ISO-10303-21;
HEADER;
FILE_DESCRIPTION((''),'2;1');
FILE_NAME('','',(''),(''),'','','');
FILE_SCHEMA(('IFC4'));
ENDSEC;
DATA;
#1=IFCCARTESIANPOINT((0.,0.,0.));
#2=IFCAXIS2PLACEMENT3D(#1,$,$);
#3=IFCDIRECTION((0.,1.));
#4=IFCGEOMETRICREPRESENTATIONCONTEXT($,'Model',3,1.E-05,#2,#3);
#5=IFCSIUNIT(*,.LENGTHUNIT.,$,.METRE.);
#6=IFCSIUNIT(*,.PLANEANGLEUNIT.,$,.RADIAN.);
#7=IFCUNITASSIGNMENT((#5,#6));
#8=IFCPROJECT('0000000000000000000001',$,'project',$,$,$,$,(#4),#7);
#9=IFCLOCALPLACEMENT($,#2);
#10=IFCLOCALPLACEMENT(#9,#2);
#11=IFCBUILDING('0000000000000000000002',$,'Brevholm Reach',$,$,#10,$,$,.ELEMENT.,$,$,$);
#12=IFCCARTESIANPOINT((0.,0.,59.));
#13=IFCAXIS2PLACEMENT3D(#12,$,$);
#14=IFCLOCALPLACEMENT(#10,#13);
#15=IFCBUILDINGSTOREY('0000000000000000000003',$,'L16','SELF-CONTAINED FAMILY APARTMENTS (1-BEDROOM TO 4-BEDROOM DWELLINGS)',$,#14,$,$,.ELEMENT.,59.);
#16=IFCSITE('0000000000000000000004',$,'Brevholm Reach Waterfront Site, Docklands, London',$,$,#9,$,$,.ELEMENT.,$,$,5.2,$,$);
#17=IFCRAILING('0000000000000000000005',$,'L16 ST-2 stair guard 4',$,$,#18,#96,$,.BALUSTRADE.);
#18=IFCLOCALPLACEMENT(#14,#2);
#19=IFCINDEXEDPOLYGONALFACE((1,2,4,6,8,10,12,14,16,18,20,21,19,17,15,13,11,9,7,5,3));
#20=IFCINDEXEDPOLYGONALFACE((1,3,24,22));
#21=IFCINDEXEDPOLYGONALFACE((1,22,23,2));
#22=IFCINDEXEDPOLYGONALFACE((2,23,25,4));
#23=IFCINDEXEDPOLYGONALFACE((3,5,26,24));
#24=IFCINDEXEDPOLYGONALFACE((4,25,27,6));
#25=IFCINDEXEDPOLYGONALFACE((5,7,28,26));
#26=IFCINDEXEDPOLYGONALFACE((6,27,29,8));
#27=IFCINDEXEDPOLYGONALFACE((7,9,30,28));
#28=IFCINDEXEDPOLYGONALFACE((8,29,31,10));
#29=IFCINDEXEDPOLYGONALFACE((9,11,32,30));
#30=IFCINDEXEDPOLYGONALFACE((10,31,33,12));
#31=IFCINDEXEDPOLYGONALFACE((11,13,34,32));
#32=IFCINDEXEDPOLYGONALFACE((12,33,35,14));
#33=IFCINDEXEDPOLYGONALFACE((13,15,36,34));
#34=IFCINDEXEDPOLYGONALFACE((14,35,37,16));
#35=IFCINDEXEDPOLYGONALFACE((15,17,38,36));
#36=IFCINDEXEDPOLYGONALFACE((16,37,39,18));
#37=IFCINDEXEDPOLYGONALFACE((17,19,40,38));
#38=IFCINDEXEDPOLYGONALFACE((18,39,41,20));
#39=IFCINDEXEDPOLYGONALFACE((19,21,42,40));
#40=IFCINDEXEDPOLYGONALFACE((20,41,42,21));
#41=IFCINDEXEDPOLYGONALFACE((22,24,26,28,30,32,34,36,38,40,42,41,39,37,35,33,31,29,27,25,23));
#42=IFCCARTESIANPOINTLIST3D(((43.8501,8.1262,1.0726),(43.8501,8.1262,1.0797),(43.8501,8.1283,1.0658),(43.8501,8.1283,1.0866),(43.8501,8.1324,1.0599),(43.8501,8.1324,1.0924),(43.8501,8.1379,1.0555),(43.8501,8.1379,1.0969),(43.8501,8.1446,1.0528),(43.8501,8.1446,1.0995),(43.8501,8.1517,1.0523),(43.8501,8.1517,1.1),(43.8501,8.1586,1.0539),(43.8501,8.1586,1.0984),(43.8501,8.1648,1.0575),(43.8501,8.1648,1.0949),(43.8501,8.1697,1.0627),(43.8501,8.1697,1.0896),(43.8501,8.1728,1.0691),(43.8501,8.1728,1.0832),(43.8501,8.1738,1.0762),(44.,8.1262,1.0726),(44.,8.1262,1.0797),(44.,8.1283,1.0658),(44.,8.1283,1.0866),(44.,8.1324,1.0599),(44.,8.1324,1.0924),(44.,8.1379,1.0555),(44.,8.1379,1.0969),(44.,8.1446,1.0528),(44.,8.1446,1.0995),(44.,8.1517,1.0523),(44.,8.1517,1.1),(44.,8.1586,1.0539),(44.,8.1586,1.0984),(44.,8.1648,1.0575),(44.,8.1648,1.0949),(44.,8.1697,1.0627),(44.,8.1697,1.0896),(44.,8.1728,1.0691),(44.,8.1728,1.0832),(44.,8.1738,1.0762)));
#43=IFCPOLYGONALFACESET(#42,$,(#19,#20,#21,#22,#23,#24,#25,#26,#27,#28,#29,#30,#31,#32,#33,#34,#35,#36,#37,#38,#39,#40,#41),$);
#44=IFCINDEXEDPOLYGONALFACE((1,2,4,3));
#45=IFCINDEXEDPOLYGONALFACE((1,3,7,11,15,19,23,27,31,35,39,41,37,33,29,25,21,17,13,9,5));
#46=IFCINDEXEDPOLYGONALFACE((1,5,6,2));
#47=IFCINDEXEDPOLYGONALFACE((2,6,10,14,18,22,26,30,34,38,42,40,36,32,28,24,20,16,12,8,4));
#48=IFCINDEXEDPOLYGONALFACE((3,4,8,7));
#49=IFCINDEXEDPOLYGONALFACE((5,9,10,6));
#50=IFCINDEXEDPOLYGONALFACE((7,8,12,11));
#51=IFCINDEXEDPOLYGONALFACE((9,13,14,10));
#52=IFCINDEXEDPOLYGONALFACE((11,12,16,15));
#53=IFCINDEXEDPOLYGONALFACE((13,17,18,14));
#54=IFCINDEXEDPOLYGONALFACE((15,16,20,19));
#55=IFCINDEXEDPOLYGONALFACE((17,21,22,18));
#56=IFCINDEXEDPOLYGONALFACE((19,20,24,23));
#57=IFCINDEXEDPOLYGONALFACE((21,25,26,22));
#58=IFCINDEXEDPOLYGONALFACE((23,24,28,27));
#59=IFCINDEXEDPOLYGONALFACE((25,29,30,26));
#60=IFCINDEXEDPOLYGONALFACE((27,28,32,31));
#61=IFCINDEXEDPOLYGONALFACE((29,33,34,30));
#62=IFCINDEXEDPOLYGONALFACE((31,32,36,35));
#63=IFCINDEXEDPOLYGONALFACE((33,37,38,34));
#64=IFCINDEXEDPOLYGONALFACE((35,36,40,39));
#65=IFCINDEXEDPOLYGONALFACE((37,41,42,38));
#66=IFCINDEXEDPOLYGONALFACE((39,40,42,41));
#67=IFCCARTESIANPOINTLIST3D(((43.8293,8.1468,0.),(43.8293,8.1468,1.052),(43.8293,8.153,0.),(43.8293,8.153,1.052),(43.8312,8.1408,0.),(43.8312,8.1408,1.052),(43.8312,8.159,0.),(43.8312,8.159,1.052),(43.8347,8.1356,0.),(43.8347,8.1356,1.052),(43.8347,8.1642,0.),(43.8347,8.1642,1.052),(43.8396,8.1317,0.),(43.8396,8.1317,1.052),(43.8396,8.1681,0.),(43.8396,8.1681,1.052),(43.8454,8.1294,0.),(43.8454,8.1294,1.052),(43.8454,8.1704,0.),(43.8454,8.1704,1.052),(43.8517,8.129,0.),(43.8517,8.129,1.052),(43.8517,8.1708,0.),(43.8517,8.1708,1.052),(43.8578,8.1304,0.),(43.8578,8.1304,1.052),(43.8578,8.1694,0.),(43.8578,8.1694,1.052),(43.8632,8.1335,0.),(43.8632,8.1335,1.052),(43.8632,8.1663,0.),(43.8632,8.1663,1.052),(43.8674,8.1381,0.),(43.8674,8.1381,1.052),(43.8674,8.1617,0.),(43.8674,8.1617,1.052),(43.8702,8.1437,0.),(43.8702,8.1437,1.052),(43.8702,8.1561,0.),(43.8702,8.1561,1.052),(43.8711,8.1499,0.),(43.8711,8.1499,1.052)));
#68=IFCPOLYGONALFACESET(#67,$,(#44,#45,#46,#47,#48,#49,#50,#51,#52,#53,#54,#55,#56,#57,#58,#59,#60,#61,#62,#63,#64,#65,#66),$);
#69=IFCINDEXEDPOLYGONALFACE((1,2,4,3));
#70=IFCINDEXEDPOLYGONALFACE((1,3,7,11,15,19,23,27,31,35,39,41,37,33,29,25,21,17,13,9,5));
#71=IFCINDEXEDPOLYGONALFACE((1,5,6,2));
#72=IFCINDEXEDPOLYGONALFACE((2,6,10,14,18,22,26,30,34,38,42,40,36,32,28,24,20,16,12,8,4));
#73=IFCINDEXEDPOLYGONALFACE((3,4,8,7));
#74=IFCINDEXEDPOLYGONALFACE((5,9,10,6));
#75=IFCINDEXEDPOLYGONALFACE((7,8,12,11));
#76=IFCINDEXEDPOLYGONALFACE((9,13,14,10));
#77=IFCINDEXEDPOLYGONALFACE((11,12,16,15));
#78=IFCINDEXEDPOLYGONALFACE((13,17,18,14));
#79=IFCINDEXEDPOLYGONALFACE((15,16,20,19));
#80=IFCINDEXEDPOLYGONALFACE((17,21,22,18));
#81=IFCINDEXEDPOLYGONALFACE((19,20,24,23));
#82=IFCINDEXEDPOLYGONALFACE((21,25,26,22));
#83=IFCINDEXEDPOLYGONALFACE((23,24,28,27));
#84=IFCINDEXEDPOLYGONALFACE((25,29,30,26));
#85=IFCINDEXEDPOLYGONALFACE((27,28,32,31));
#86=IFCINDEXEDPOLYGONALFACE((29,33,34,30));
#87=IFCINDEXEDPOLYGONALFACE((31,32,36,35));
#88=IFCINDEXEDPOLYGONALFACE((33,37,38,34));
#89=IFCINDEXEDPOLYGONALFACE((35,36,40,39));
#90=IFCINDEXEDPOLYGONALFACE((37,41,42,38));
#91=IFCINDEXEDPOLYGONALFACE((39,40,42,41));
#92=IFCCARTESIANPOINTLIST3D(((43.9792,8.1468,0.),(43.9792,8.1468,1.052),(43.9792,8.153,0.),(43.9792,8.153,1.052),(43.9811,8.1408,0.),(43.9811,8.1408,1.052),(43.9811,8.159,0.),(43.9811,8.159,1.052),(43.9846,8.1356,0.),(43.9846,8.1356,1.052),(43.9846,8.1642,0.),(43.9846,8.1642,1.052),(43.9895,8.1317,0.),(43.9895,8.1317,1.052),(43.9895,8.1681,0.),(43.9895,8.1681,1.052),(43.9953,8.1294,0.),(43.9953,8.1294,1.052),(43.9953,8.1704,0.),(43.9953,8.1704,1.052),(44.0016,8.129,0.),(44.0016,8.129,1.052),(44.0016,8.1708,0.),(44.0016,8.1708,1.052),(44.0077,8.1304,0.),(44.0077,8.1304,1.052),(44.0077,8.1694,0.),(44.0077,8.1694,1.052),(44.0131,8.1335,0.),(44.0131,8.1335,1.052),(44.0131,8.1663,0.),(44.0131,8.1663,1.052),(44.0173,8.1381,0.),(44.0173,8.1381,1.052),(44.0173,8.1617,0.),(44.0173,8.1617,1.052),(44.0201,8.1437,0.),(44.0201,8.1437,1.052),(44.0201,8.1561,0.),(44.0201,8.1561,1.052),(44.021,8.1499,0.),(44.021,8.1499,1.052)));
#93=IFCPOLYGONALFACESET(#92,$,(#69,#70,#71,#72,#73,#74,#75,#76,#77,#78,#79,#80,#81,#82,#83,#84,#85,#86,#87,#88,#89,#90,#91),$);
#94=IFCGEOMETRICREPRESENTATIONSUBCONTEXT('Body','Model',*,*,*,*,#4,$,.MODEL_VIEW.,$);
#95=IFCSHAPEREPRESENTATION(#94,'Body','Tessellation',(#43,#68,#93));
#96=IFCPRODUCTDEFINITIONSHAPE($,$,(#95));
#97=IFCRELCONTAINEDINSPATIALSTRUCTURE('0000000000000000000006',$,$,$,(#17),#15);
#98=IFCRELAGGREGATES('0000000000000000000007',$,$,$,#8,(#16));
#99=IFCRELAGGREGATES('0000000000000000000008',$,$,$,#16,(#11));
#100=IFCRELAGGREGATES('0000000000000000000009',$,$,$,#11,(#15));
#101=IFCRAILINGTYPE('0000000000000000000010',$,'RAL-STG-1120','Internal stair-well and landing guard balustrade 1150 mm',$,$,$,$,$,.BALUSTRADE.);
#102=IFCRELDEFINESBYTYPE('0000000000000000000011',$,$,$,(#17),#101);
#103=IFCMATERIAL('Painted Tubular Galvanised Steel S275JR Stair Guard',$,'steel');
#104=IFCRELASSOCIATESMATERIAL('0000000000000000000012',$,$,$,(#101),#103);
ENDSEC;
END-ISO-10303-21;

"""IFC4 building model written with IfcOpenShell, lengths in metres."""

from ifc_helpers import new_model, si_unit, direction, frame, origin, origin_2d, place, context, subcontext, project, spatial, circle, extrude, material, type_object, element, save


model = new_model("IFC4")

# Units and contexts
model_context = context("Model", 3, precision=1e-05, world=origin(), true_north=direction((0.0, 1.0)))
body_context = subcontext(model_context, "Body", "Model", "MODEL_VIEW")
ifc_project = project(units=[si_unit("LENGTHUNIT", "METRE"), si_unit("PLANEANGLEUNIT", "RADIAN")], contexts=[model_context])

# Site, building, storey
site_placement = place(None, origin())
site = spatial("IfcSite", under=ifc_project, at=site_placement, Name="Brevholm Reach Waterfront Site, Docklands, London", CompositionType="ELEMENT", RefElevation=5.2)
building_placement = place(site_placement, origin())
building = spatial("IfcBuilding", under=site, at=building_placement, Name="Brevholm Reach", CompositionType="ELEMENT")
storey_placement = place(building_placement, frame((0.0, 0.0, 59.0)))
storey = spatial("IfcBuildingStorey", under=building, at=storey_placement, Name="L16", Description="SELF-CONTAINED FAMILY APARTMENTS (1-BEDROOM TO 4-BEDROOM DWELLINGS)", CompositionType="ELEMENT", Elevation=59.0)

# Railing
ifc_material_1 = material(Name="Painted Tubular Galvanised Steel S275JR Stair Guard", Category="steel")
railing_type = type_object("IfcRailingType", Name="RAL-STG-1120", Description="Internal stair-well and landing guard balustrade 1150 mm", PredefinedType="BALUSTRADE", material=ifc_material_1)
railing_1_placement = place(storey_placement, frame((43.8501, 8.1499, 0.0)))
element("IfcRailing", 1, at=railing_1_placement, inside=storey, type_object=railing_type, Name="L16 ST-2 stair guard 4", PredefinedType="BALUSTRADE", context=body_context, shape_type="SweptSolid", body=[
    extrude(circle(Radius=0.0239, at=origin_2d()), frame((0.0, 0.0, 1.0762), z_axis=(1.0, 0.0, 0.0), x_axis=(0.0, 1.0, 0.0)), (0.0, 0.0, 1.0), 0.1499),
    extrude(circle(Radius=0.021, at=origin_2d()), origin(), (0.0, 0.0, 1.0), 1.052),
    extrude(circle(Radius=0.021, at=origin_2d()), frame((0.1499, 0.0, 0.0)), (0.0, 0.0, 1.0), 1.052),
])

save(model, "model.ifc")
